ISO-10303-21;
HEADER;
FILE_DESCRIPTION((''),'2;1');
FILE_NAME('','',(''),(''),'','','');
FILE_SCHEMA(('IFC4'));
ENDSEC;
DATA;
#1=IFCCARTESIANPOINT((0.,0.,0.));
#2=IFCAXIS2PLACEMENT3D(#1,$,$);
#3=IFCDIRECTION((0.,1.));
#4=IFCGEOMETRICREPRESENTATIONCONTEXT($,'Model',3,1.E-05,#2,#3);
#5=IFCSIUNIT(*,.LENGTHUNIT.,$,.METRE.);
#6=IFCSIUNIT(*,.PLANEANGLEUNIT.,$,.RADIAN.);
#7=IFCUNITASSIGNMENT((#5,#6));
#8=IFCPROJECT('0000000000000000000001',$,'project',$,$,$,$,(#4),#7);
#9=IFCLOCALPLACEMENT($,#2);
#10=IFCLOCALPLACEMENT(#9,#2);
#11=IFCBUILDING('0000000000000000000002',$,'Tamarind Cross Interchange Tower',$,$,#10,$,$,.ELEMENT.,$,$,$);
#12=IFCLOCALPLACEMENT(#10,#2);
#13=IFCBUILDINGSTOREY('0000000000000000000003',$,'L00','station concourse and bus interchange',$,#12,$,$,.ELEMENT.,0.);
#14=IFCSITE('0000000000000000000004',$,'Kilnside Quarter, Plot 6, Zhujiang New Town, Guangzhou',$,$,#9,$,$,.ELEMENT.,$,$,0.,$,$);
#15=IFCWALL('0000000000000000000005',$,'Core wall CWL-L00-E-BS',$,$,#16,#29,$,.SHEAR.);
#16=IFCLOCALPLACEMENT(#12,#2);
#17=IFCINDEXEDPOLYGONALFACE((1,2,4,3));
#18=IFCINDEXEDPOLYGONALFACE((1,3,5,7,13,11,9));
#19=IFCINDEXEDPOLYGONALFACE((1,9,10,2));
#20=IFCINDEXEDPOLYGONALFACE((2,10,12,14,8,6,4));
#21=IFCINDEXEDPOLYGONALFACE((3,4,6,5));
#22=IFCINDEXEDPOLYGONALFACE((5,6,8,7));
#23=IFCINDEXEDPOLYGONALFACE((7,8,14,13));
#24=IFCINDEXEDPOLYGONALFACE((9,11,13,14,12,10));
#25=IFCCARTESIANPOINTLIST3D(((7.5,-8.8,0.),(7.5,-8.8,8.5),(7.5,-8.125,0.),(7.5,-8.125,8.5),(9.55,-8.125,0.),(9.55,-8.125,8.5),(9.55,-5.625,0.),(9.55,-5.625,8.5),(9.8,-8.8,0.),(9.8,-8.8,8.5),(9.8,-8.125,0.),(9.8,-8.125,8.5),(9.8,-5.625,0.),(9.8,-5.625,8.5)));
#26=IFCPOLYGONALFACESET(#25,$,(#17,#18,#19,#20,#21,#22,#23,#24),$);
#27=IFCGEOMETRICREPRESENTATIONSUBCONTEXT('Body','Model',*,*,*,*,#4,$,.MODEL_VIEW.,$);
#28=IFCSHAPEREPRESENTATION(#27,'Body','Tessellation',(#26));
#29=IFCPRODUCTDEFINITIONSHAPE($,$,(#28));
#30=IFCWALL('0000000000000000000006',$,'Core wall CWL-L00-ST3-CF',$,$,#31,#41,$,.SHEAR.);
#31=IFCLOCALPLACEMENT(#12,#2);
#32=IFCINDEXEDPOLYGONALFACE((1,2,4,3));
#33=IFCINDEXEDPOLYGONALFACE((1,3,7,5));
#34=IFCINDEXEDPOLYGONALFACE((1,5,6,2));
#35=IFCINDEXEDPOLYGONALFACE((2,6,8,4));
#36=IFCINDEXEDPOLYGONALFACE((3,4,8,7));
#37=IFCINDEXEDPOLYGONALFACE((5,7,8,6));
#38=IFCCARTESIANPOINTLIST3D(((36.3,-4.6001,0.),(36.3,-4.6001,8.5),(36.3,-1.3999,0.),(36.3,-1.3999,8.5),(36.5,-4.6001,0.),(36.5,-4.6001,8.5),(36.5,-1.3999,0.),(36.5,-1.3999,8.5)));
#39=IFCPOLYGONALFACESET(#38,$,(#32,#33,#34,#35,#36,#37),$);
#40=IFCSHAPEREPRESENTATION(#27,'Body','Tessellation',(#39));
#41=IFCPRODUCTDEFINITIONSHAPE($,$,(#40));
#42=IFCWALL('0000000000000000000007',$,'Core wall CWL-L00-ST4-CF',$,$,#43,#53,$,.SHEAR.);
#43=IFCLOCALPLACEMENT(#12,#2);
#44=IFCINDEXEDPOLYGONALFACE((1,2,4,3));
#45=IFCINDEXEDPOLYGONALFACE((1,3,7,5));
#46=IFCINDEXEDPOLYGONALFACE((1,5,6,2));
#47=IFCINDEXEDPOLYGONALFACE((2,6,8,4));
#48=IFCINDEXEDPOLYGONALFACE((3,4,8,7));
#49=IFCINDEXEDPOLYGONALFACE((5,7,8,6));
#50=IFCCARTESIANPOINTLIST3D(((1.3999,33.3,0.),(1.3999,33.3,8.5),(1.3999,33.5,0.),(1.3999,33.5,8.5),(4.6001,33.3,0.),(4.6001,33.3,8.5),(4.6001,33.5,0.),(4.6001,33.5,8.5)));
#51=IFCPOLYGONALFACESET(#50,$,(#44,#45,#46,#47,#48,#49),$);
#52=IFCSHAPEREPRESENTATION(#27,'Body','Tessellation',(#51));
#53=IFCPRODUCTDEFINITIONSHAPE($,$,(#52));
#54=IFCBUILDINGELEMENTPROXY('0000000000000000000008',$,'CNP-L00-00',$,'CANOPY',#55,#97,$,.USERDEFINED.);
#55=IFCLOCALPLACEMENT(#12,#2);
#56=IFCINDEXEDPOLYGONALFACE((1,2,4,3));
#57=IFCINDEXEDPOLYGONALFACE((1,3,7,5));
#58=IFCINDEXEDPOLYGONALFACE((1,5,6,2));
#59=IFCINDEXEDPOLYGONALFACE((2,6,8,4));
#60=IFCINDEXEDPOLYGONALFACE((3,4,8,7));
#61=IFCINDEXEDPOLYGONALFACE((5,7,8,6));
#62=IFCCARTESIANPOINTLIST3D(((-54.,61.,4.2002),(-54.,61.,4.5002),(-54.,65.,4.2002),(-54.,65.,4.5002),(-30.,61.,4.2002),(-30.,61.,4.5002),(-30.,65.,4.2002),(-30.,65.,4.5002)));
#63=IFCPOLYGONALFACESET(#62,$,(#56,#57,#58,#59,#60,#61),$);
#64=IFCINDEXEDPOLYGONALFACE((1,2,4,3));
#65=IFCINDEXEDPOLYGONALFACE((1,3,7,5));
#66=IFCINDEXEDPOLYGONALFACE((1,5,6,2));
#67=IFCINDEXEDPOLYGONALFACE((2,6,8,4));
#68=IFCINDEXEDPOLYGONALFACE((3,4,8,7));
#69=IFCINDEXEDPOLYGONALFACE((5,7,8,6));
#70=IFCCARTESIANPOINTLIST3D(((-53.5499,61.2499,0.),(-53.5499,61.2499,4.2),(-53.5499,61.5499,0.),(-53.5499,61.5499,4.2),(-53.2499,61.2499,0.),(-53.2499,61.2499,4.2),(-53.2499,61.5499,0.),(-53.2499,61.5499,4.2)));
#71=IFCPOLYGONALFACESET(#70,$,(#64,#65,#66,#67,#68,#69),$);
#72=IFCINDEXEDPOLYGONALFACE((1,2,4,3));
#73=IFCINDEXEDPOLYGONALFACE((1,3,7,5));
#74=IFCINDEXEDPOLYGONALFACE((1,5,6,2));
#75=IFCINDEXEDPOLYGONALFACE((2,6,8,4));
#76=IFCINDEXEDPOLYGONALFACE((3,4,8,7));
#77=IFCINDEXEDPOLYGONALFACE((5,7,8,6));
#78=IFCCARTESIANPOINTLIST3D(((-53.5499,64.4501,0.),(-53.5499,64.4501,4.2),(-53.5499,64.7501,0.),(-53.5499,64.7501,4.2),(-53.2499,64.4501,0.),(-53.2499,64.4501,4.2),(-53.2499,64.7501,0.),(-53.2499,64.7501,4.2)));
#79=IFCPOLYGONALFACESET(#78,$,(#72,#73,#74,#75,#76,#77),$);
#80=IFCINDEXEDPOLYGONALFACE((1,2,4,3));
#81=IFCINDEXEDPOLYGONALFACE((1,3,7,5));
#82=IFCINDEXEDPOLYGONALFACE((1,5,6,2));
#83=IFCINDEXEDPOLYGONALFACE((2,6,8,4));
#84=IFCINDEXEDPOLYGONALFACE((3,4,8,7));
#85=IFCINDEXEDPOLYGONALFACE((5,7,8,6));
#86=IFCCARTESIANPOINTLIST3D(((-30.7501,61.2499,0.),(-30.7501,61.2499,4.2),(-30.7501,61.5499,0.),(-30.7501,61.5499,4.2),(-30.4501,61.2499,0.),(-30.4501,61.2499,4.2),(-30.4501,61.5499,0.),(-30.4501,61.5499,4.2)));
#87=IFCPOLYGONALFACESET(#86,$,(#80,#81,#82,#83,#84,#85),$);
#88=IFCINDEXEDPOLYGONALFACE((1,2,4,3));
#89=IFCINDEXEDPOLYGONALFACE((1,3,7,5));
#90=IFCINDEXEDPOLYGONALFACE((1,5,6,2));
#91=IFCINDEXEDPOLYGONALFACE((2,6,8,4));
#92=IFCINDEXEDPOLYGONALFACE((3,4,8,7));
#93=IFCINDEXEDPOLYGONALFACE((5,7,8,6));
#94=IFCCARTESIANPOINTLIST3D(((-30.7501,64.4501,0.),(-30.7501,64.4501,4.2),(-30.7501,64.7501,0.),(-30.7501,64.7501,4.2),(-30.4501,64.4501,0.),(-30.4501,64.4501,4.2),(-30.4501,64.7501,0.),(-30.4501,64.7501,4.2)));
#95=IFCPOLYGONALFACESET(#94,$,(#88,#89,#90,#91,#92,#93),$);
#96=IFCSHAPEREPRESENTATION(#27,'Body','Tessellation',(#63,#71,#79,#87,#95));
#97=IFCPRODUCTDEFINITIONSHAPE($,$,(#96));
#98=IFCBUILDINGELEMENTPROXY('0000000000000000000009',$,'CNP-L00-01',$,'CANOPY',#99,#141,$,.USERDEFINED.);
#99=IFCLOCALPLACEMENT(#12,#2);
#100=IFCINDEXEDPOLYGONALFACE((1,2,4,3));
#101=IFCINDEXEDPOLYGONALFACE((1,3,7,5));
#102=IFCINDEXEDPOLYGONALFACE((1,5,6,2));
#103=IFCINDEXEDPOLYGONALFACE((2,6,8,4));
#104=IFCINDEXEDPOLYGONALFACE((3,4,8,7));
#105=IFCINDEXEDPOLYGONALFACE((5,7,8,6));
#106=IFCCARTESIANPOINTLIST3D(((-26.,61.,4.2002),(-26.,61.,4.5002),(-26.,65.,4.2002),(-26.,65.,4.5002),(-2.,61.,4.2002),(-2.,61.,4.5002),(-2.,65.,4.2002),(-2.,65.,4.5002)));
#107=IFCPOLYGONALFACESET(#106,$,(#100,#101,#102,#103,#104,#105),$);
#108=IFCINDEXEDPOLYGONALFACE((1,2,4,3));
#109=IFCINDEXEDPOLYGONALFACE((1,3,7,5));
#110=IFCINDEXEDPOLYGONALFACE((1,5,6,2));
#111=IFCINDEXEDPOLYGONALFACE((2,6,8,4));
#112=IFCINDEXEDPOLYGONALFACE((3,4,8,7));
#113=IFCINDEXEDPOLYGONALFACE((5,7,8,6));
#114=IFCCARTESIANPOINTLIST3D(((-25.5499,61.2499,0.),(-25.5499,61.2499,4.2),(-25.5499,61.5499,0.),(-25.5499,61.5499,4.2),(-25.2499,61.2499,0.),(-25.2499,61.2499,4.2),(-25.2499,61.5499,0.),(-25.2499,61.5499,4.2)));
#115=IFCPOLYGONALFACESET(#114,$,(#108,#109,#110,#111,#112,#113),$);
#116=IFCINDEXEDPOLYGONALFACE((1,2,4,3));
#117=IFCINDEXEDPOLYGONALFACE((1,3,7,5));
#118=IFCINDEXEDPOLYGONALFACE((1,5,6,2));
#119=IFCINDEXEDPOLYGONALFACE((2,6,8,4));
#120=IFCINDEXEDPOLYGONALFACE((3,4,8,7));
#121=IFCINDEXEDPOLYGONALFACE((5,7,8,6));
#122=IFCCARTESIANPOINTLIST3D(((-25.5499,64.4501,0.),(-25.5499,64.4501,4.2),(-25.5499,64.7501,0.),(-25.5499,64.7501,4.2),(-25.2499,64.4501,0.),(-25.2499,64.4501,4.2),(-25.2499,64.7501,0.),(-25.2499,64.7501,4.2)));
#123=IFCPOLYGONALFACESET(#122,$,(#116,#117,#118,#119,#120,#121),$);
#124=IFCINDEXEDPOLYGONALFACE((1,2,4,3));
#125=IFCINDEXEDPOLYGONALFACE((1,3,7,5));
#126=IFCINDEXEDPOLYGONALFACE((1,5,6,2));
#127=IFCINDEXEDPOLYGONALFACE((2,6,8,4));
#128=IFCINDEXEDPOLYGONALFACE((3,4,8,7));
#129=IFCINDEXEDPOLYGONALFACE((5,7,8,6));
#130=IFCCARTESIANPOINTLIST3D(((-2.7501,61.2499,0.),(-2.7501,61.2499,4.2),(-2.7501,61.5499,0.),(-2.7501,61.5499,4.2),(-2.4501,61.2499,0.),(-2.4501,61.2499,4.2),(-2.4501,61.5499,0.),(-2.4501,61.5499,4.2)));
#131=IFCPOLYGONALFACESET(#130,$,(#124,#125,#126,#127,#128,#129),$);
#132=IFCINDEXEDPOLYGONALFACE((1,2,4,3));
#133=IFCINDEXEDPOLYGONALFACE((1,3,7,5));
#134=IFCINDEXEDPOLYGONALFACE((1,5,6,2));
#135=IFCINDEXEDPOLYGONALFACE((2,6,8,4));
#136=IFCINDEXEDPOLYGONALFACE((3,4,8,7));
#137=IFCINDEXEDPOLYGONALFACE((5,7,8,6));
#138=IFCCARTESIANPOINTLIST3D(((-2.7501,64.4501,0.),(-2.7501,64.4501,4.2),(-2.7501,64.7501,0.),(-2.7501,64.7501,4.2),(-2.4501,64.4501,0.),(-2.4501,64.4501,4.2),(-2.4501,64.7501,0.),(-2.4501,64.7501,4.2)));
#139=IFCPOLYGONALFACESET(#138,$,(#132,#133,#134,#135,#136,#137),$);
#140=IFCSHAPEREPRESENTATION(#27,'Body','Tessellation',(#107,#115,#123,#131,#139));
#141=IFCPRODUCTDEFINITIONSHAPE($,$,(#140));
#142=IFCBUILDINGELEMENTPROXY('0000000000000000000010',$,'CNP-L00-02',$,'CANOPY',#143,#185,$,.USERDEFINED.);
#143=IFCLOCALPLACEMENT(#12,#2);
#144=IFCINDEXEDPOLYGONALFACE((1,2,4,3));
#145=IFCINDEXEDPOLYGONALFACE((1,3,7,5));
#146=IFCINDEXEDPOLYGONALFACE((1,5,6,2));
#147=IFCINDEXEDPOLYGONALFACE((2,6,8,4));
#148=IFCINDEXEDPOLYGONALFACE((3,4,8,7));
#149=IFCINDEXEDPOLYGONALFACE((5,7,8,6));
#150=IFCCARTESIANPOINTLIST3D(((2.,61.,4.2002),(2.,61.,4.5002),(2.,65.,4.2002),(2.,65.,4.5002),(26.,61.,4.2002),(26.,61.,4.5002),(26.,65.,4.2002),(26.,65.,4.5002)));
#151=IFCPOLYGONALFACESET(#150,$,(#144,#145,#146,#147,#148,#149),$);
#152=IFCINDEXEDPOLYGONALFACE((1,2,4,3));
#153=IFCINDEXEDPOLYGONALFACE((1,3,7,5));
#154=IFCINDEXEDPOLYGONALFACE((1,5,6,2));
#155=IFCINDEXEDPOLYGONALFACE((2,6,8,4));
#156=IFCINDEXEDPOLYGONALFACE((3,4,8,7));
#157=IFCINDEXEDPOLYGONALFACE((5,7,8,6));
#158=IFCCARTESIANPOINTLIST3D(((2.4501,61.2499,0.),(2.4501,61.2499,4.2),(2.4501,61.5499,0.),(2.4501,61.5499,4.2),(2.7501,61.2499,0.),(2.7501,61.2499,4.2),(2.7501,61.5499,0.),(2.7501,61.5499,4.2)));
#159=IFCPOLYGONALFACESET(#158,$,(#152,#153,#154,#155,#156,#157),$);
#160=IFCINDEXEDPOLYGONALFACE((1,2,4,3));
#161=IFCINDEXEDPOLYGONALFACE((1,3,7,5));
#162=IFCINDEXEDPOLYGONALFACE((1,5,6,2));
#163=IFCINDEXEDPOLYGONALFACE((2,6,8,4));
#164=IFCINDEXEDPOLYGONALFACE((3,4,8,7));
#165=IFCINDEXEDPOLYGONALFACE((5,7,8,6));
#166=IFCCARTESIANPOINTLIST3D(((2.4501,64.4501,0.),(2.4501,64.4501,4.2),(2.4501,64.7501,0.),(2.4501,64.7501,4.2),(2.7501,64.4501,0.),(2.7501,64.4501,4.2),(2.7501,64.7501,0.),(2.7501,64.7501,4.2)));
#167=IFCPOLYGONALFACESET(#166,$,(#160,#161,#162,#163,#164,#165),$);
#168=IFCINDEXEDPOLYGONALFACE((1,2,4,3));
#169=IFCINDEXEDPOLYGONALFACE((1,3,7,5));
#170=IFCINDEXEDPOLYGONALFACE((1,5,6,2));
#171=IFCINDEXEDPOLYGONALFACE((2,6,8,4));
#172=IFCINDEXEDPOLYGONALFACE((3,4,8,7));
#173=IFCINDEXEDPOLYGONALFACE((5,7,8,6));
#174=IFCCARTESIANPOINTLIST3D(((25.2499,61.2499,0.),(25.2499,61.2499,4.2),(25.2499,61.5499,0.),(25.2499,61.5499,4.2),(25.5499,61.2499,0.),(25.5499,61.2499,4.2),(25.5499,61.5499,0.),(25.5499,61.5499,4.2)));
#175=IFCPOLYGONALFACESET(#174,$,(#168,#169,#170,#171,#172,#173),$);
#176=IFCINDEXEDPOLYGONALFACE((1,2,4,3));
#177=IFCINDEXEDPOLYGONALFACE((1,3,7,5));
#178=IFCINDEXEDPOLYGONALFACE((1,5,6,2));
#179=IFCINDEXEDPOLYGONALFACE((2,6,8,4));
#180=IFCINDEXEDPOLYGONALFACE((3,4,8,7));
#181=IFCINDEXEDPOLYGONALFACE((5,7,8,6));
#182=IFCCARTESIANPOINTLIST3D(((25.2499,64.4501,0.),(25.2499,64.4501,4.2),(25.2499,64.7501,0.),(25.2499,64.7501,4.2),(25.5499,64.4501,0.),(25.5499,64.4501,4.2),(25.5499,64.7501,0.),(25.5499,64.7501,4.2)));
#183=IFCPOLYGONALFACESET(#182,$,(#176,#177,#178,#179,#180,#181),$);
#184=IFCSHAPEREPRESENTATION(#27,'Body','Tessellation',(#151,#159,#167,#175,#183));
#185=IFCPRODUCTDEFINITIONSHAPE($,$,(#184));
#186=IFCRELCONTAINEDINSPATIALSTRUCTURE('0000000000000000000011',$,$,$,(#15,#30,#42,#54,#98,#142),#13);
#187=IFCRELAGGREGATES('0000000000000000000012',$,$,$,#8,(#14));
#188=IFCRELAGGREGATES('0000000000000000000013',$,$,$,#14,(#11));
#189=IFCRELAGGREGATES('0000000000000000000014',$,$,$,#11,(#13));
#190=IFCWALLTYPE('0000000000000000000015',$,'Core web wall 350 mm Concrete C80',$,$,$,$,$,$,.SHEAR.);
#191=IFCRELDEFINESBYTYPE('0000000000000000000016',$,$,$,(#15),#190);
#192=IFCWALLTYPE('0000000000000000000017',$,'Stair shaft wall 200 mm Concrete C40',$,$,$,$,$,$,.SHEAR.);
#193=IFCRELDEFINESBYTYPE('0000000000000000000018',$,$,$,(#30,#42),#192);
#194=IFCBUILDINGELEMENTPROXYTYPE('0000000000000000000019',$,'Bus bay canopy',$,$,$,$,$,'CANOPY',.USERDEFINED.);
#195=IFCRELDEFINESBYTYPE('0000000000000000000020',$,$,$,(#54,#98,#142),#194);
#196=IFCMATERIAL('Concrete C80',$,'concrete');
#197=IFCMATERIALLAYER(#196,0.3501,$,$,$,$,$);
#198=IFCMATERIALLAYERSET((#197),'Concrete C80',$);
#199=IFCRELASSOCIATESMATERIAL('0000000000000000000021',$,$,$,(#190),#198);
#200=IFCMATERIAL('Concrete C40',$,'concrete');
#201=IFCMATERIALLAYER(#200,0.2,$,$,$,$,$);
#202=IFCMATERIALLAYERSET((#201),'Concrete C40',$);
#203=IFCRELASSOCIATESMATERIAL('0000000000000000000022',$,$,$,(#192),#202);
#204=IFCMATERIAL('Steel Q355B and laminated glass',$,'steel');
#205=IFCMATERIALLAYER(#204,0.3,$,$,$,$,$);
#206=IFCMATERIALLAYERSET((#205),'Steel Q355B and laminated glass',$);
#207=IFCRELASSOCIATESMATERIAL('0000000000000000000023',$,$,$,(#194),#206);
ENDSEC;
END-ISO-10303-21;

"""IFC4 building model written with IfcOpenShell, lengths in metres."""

from ifc_helpers import new_model, si_unit, direction, frame, origin, origin_2d, place, context, subcontext, project, spatial, polyline, rectangle, outline, extrude, material, layer, layer_set, type_object, element, save


model = new_model("IFC4")

# Units and contexts
model_context = context("Model", 3, precision=1e-05, world=origin(), true_north=direction((0.0, 1.0)))
body_context = subcontext(model_context, "Body", "Model", "MODEL_VIEW")
ifc_project = project(units=[si_unit("LENGTHUNIT", "METRE"), si_unit("PLANEANGLEUNIT", "RADIAN")], contexts=[model_context])

# Site, building, storey
site_placement = place(None, origin())
site = spatial("IfcSite", under=ifc_project, at=site_placement, Name="Kilnside Quarter, Plot 6, Zhujiang New Town, Guangzhou", CompositionType="ELEMENT", RefElevation=0.0)
building_placement = place(site_placement, origin())
building = spatial("IfcBuilding", under=site, at=building_placement, Name="Tamarind Cross Interchange Tower", CompositionType="ELEMENT")
storey_placement = place(building_placement, origin())
storey = spatial("IfcBuildingStorey", under=building, at=storey_placement, Name="L00", Description="station concourse and bus interchange", CompositionType="ELEMENT", Elevation=0.0)

# Shared definitions
ifc_material_1 = material(Name="Concrete C40", Category="concrete")

# Walls
ifc_material_2 = material(Name="Concrete C80", Category="concrete")
ifc_layer_1 = layer(ifc_material_2, 0.3501)
ifc_layer_set_1 = layer_set([ifc_layer_1], Name="Concrete C80")
wall_type_1 = type_object("IfcWallType", Name="Core web wall 350 mm Concrete C80", PredefinedType="SHEAR", material=ifc_layer_set_1)
wall_1_placement = place(storey_placement, origin())
element("IfcWall", 1, at=wall_1_placement, inside=storey, type_object=wall_type_1, Name="Core wall CWL-L00-E-BS", PredefinedType="SHEAR", context=body_context, shape_type="SweptSolid", body=[
    extrude(outline(polyline([(7.5, -8.125), (7.5, -8.8), (9.8, -8.8), (9.8, -8.125), (9.8, -5.625), (9.55, -5.625), (9.55, -8.125), (7.5, -8.125)])), origin(), (0.0, 0.0, 1.0), 8.5),
])
ifc_layer_2 = layer(ifc_material_1, 0.2)
ifc_layer_set_2 = layer_set([ifc_layer_2], Name="Concrete C40")
wall_type_2 = type_object("IfcWallType", Name="Stair shaft wall 200 mm Concrete C40", PredefinedType="SHEAR", material=ifc_layer_set_2)
wall_2_placement = place(storey_placement, origin())
element("IfcWall", 2, at=wall_2_placement, inside=storey, type_object=wall_type_2, Name="Core wall CWL-L00-ST3-CF", PredefinedType="SHEAR", context=body_context, shape_type="SweptSolid", body=[
    extrude(outline(polyline([(36.3, -4.6001), (36.5, -4.6001), (36.5, -1.3999), (36.3, -1.3999), (36.3, -4.6001)])), origin(), (0.0, 0.0, 1.0), 8.5),
])
wall_3_placement = place(storey_placement, origin())
element("IfcWall", 3, at=wall_3_placement, inside=storey, type_object=wall_type_2, Name="Core wall CWL-L00-ST4-CF", PredefinedType="SHEAR", context=body_context, shape_type="SweptSolid", body=[
    extrude(outline(polyline([(4.6001, 33.3), (4.6001, 33.5), (1.3999, 33.5), (1.3999, 33.3), (4.6001, 33.3)])), origin(), (0.0, 0.0, 1.0), 8.5),
])

# Building element proxies
ifc_material_3 = material(Name="Steel Q355B and laminated glass", Category="steel")
ifc_layer_3 = layer(ifc_material_3, 0.3)
ifc_layer_set_3 = layer_set([ifc_layer_3], Name="Steel Q355B and laminated glass")
building_element_proxy_type = type_object("IfcBuildingElementProxyType", Name="Bus bay canopy", ElementType="CANOPY", PredefinedType="USERDEFINED", material=ifc_layer_set_3)
proxy_1_placement = place(storey_placement, origin())
element("IfcBuildingElementProxy", 4, at=proxy_1_placement, inside=storey, type_object=building_element_proxy_type, Name="CNP-L00-00", ObjectType="CANOPY", PredefinedType="USERDEFINED", context=body_context, shape_type="SweptSolid", body=[
    extrude(rectangle(XDim=24.0, YDim=4.0, at=origin_2d()), frame((-42.0, 63.0, 4.2002), z_axis=(0.0, 0.0, 1.0), x_axis=(1.0, 0.0, 0.0)), (0.0, 0.0, 1.0), 0.3),
    extrude(rectangle(XDim=0.3, YDim=0.3, at=origin_2d()), frame((-53.3999, 61.3999, 0.0), z_axis=(0.0, 0.0, 1.0), x_axis=(1.0, 0.0, 0.0)), (0.0, 0.0, 1.0), 4.2),
    extrude(rectangle(XDim=0.3, YDim=0.3, at=origin_2d()), frame((-53.3999, 64.6001, 0.0), z_axis=(0.0, 0.0, 1.0), x_axis=(1.0, 0.0, 0.0)), (0.0, 0.0, 1.0), 4.2),
    extrude(rectangle(XDim=0.3, YDim=0.3, at=origin_2d()), frame((-30.6001, 61.3999, 0.0), z_axis=(0.0, 0.0, 1.0), x_axis=(1.0, 0.0, 0.0)), (0.0, 0.0, 1.0), 4.2),
    extrude(rectangle(XDim=0.3, YDim=0.3, at=origin_2d()), frame((-30.6001, 64.6001, 0.0), z_axis=(0.0, 0.0, 1.0), x_axis=(1.0, 0.0, 0.0)), (0.0, 0.0, 1.0), 4.2),
])
proxy_2_placement = place(storey_placement, origin())
element("IfcBuildingElementProxy", 5, at=proxy_2_placement, inside=storey, type_object=building_element_proxy_type, Name="CNP-L00-01", ObjectType="CANOPY", PredefinedType="USERDEFINED", context=body_context, shape_type="SweptSolid", body=[
    extrude(rectangle(XDim=24.0, YDim=4.0, at=origin_2d()), frame((-14.0, 63.0, 4.2002), z_axis=(0.0, 0.0, 1.0), x_axis=(1.0, 0.0, 0.0)), (0.0, 0.0, 1.0), 0.3),
    extrude(rectangle(XDim=0.3, YDim=0.3, at=origin_2d()), frame((-25.3999, 61.3999, 0.0), z_axis=(0.0, 0.0, 1.0), x_axis=(1.0, 0.0, 0.0)), (0.0, 0.0, 1.0), 4.2),
    extrude(rectangle(XDim=0.3, YDim=0.3, at=origin_2d()), frame((-25.3999, 64.6001, 0.0), z_axis=(0.0, 0.0, 1.0), x_axis=(1.0, 0.0, 0.0)), (0.0, 0.0, 1.0), 4.2),
    extrude(rectangle(XDim=0.3, YDim=0.3, at=origin_2d()), frame((-2.6001, 61.3999, 0.0), z_axis=(0.0, 0.0, 1.0), x_axis=(1.0, 0.0, 0.0)), (0.0, 0.0, 1.0), 4.2),
    extrude(rectangle(XDim=0.3, YDim=0.3, at=origin_2d()), frame((-2.6001, 64.6001, 0.0), z_axis=(0.0, 0.0, 1.0), x_axis=(1.0, 0.0, 0.0)), (0.0, 0.0, 1.0), 4.2),
])
proxy_3_placement = place(storey_placement, origin())
element("IfcBuildingElementProxy", 6, at=proxy_3_placement, inside=storey, type_object=building_element_proxy_type, Name="CNP-L00-02", ObjectType="CANOPY", PredefinedType="USERDEFINED", context=body_context, shape_type="SweptSolid", body=[
    extrude(rectangle(XDim=24.0, YDim=4.0, at=origin_2d()), frame((14.0, 63.0, 4.2002), z_axis=(0.0, 0.0, 1.0), x_axis=(1.0, 0.0, 0.0)), (0.0, 0.0, 1.0), 0.3),
    extrude(rectangle(XDim=0.3, YDim=0.3, at=origin_2d()), frame((2.6001, 61.3999, 0.0), z_axis=(0.0, 0.0, 1.0), x_axis=(1.0, 0.0, 0.0)), (0.0, 0.0, 1.0), 4.2),
    extrude(rectangle(XDim=0.3, YDim=0.3, at=origin_2d()), frame((2.6001, 64.6001, 0.0), z_axis=(0.0, 0.0, 1.0), x_axis=(1.0, 0.0, 0.0)), (0.0, 0.0, 1.0), 4.2),
    extrude(rectangle(XDim=0.3, YDim=0.3, at=origin_2d()), frame((25.3999, 61.3999, 0.0), z_axis=(0.0, 0.0, 1.0), x_axis=(1.0, 0.0, 0.0)), (0.0, 0.0, 1.0), 4.2),
    extrude(rectangle(XDim=0.3, YDim=0.3, at=origin_2d()), frame((25.3999, 64.6001, 0.0), z_axis=(0.0, 0.0, 1.0), x_axis=(1.0, 0.0, 0.0)), (0.0, 0.0, 1.0), 4.2),
])

save(model, "model.ifc")
